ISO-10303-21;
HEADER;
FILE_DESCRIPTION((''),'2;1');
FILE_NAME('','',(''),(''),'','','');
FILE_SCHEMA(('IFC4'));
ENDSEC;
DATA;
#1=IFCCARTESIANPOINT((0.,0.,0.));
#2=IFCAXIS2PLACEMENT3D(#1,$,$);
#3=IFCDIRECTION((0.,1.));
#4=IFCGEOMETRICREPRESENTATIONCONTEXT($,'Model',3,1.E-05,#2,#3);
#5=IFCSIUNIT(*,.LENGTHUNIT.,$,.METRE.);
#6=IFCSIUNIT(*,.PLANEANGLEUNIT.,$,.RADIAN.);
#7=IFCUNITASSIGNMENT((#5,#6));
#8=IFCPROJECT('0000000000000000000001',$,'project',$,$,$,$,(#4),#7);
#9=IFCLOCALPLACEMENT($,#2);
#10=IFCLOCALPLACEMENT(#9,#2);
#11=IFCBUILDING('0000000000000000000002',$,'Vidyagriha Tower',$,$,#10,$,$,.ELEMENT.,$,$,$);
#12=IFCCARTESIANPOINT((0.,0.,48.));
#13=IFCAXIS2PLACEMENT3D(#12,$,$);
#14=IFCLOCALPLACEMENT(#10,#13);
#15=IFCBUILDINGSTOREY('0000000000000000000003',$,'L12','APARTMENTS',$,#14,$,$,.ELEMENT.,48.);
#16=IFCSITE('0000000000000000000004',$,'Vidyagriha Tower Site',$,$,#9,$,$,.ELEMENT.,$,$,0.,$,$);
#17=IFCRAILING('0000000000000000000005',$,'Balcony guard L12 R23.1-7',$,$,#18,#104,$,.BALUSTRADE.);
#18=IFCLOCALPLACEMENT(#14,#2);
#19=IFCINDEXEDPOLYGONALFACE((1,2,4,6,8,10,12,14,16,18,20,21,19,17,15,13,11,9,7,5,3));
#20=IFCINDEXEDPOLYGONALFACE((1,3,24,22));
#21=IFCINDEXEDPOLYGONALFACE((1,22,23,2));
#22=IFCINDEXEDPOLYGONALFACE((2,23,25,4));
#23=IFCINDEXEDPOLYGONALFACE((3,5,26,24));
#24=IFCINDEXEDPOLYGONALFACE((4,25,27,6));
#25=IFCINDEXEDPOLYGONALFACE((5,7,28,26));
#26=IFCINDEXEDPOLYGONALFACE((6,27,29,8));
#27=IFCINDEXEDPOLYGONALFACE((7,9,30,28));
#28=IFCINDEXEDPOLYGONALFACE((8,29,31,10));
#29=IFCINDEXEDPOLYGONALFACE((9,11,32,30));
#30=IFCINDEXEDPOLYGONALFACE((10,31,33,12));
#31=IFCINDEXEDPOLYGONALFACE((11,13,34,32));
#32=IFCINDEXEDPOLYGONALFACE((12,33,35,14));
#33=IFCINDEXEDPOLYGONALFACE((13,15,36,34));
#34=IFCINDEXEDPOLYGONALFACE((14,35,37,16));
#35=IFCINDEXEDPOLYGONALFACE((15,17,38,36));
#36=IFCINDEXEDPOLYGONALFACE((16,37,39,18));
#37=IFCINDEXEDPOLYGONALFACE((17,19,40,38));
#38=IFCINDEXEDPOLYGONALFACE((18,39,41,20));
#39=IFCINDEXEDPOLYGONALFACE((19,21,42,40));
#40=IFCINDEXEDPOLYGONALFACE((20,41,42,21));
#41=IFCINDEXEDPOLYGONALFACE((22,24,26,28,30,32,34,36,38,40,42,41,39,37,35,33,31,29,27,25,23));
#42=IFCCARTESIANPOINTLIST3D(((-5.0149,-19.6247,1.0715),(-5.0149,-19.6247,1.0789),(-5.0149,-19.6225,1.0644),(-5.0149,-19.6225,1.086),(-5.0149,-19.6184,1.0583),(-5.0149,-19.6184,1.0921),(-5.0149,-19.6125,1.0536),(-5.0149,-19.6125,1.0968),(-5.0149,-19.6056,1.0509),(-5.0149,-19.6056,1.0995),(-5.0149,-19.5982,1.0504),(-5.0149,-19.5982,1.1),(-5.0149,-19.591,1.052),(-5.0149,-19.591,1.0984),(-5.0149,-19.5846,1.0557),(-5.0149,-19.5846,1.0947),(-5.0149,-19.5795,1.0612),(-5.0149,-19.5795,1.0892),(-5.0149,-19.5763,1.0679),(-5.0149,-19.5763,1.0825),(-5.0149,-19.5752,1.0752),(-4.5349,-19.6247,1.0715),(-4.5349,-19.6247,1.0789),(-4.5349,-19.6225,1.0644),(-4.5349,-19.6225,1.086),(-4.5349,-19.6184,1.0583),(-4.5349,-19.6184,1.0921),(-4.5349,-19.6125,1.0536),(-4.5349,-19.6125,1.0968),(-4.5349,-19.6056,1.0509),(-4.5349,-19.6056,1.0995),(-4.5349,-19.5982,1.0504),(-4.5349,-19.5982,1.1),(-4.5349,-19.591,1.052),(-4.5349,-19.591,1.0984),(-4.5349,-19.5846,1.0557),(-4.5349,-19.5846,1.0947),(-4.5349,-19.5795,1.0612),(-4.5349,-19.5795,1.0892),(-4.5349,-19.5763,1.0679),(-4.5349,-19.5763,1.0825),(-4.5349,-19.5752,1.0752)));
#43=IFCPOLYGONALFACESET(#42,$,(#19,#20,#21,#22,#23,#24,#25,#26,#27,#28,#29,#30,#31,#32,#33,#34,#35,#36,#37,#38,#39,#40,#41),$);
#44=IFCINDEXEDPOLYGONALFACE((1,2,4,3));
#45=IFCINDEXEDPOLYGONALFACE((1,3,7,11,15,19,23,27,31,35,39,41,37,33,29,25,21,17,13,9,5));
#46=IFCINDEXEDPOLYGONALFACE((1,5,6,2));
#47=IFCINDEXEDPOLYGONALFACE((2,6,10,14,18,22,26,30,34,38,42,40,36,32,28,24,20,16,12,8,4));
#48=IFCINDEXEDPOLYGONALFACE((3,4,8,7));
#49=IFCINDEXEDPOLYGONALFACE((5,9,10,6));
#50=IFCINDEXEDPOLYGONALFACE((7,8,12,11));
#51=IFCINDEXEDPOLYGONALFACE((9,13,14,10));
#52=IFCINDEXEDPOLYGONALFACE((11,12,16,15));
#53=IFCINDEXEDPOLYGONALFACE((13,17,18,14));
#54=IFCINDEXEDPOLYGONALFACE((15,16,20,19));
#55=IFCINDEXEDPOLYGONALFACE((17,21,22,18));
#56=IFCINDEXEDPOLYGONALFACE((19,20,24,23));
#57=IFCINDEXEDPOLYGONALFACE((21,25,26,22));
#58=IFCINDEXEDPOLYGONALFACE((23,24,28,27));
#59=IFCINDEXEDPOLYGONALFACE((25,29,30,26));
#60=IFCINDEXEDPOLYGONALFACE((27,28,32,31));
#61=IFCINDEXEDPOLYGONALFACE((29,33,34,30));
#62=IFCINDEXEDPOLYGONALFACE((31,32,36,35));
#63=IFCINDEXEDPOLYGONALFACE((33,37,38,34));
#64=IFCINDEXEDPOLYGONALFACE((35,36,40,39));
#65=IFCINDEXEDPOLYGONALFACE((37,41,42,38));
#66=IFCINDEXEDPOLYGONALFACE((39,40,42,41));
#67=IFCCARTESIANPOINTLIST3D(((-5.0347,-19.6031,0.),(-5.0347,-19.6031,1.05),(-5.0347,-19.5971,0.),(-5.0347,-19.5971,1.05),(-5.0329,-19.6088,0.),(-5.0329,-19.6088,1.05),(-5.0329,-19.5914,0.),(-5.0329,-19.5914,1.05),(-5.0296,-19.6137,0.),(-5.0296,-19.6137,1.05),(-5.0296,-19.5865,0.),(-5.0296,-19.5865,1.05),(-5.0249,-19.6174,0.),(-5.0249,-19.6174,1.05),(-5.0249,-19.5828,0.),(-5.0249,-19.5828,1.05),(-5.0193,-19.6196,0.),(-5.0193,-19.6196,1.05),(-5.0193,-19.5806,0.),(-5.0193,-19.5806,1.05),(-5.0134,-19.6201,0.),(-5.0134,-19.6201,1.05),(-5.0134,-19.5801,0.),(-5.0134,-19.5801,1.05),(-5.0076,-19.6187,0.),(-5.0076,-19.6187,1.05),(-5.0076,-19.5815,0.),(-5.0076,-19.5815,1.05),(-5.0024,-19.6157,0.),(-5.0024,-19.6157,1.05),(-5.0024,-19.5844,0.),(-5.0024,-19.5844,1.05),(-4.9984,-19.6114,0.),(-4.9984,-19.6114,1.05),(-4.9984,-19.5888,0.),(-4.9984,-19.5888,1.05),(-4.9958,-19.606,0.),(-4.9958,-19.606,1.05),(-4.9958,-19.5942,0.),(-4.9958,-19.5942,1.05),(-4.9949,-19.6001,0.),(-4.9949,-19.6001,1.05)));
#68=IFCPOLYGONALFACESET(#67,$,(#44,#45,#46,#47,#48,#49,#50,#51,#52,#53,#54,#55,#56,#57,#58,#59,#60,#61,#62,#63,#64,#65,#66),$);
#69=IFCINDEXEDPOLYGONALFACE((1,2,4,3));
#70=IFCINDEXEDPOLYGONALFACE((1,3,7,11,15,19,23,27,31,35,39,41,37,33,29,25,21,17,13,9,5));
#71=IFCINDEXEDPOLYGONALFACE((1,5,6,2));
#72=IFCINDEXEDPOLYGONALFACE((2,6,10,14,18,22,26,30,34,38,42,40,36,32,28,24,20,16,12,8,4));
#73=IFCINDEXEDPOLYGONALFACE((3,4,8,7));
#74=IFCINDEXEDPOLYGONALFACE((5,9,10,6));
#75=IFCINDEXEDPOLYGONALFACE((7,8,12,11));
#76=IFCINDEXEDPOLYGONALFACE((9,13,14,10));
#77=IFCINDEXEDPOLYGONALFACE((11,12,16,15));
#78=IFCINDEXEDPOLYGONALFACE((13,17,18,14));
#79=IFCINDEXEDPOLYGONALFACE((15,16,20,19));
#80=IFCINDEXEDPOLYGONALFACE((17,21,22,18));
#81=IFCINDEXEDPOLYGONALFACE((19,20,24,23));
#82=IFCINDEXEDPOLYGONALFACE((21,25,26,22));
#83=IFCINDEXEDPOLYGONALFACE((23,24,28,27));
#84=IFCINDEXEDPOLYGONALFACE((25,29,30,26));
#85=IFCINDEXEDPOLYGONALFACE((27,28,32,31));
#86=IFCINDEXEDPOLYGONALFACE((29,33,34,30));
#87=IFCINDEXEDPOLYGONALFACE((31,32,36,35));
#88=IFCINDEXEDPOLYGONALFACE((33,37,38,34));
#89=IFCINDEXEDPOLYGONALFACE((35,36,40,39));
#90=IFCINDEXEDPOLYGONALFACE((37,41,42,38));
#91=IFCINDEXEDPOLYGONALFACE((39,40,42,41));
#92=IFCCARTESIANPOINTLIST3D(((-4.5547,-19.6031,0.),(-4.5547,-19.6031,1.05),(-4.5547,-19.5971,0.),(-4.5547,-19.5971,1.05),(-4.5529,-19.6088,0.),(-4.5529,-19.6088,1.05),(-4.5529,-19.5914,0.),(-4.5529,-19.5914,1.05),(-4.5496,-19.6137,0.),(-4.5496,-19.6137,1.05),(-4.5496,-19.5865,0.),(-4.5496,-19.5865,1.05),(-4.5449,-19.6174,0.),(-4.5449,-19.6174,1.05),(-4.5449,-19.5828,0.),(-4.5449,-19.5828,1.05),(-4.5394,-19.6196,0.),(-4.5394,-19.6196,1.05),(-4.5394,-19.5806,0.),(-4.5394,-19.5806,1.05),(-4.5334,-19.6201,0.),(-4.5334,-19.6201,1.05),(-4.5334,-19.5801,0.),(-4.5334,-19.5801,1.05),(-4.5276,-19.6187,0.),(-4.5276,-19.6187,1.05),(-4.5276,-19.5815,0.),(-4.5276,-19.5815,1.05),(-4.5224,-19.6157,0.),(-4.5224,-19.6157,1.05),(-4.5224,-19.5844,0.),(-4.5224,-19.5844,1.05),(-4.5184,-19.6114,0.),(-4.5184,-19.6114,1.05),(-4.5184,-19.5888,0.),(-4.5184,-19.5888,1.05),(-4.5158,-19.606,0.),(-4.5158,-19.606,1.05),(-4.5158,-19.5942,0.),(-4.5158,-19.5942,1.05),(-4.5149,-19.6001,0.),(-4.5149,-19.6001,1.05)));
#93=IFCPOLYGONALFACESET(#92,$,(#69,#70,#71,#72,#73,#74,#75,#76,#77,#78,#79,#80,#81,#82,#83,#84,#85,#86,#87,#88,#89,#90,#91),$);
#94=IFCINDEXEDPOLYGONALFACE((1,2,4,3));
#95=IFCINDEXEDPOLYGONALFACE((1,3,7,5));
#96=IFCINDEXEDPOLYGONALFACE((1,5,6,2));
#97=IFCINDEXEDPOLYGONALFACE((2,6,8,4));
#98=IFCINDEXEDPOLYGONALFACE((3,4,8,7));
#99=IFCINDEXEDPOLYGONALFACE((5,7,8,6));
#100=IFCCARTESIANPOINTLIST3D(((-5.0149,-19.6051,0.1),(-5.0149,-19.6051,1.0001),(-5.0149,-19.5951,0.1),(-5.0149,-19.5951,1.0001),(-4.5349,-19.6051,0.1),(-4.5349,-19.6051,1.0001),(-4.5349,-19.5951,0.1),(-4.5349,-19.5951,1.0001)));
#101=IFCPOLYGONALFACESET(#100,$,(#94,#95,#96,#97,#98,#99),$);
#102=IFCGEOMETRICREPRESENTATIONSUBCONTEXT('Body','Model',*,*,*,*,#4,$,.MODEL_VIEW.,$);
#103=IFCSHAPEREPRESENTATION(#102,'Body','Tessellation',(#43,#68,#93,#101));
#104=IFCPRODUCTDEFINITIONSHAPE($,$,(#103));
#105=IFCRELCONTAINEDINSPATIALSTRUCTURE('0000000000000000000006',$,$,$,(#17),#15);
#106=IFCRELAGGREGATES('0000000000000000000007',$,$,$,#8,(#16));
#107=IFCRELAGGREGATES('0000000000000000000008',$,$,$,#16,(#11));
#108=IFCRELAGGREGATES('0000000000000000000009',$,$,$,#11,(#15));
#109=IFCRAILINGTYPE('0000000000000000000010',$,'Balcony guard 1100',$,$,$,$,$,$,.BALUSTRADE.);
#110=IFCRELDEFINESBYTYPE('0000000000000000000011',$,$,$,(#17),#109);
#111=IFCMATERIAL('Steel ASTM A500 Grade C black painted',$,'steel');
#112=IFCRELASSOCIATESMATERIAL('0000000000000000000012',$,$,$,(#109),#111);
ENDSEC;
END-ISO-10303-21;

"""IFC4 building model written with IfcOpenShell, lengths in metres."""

from ifc_helpers import new_model, si_unit, direction, frame, origin, origin_2d, place, context, subcontext, project, spatial, rectangle, circle, extrude, material, type_object, element, save


model = new_model("IFC4")

# Units and contexts
model_context = context("Model", 3, precision=1e-05, world=origin(), true_north=direction((0.0, 1.0)))
body_context = subcontext(model_context, "Body", "Model", "MODEL_VIEW")
ifc_project = project(units=[si_unit("LENGTHUNIT", "METRE"), si_unit("PLANEANGLEUNIT", "RADIAN")], contexts=[model_context])

# Site, building, storey
site_placement = place(None, origin())
site = spatial("IfcSite", under=ifc_project, at=site_placement, Name="Vidyagriha Tower Site", CompositionType="ELEMENT", RefElevation=0.0)
building_placement = place(site_placement, origin())
building = spatial("IfcBuilding", under=site, at=building_placement, Name="Vidyagriha Tower", CompositionType="ELEMENT")
storey_placement = place(building_placement, frame((0.0, 0.0, 48.0)))
storey = spatial("IfcBuildingStorey", under=building, at=storey_placement, Name="L12", Description="APARTMENTS", CompositionType="ELEMENT", Elevation=48.0)

# Railing
ifc_material_1 = material(Name="Steel ASTM A500 Grade C black painted", Category="steel")
railing_type = type_object("IfcRailingType", Name="Balcony guard 1100", PredefinedType="BALUSTRADE", material=ifc_material_1)
railing_1_placement = place(storey_placement, frame((-5.0149, -19.6001, 0.0)))
element("IfcRailing", 1, at=railing_1_placement, inside=storey, type_object=railing_type, Name="Balcony guard L12 R23.1-7", PredefinedType="BALUSTRADE", context=body_context, shape_type="SweptSolid", body=[
    extrude(circle(Radius=0.0249, at=origin_2d()), frame((0.0, 0.0, 1.0752), z_axis=(1.0, 0.0, 0.0), x_axis=(0.0, 1.0, 0.0)), (0.0, 0.0, 1.0), 0.48),
    extrude(circle(Radius=0.02, at=origin_2d()), origin(), (0.0, 0.0, 1.0), 1.05),
    extrude(circle(Radius=0.02, at=origin_2d()), frame((0.48, 0.0, 0.0)), (0.0, 0.0, 1.0), 1.05),
    extrude(rectangle(XDim=0.01, YDim=0.9001, at=origin_2d()), frame((0.0, 0.0, 0.55), z_axis=(1.0, 0.0, 0.0), x_axis=(0.0, 1.0, 0.0)), (0.0, 0.0, 1.0), 0.48),
])

save(model, "model.ifc")
